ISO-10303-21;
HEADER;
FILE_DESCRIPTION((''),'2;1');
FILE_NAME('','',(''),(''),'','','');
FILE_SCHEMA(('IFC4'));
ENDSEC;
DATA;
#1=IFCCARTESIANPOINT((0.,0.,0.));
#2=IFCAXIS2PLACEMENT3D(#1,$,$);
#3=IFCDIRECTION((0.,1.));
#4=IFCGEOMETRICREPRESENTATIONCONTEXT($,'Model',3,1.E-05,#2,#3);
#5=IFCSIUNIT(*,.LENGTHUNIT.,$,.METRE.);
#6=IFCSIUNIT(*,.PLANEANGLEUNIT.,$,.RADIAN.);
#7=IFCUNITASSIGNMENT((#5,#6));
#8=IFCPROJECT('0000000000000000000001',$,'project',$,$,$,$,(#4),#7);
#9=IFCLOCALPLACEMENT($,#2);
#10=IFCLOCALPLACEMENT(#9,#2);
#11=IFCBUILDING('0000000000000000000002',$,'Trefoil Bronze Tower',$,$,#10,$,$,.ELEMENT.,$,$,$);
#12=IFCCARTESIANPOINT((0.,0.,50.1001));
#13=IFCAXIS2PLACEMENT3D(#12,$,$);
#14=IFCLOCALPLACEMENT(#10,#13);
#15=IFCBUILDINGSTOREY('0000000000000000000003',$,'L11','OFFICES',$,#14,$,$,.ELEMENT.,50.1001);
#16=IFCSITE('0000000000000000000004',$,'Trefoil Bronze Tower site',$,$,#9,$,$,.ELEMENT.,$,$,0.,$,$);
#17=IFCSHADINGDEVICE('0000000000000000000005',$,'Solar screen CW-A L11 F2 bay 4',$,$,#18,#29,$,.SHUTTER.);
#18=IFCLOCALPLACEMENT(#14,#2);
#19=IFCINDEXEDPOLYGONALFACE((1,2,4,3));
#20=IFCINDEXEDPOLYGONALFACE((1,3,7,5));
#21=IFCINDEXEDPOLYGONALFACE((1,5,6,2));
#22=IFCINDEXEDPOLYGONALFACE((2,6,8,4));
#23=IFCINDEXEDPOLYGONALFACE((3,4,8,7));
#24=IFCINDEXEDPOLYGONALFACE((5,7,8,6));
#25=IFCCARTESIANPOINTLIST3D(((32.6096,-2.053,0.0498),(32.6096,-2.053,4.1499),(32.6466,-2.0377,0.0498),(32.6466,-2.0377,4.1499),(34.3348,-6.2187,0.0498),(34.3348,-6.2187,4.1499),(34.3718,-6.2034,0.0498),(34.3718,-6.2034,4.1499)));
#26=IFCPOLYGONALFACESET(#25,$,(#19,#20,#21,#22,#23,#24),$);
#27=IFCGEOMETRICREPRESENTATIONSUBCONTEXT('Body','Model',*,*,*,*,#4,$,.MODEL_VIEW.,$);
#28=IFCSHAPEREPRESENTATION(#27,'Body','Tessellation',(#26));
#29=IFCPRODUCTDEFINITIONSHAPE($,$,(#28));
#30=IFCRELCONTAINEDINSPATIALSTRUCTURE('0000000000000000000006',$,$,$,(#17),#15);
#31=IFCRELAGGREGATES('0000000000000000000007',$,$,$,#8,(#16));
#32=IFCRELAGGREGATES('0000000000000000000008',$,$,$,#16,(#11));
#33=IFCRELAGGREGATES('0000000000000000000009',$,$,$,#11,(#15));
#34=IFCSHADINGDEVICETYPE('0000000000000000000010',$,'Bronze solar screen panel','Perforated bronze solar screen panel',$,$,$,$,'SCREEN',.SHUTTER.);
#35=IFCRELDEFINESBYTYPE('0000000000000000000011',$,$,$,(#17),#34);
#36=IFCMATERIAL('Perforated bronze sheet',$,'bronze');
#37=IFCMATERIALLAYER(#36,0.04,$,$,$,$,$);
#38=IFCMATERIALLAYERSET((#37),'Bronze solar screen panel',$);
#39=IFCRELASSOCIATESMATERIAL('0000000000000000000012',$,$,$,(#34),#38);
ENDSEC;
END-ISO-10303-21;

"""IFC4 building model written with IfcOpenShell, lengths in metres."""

from ifc_helpers import new_model, si_unit, direction, frame, origin, origin_2d, place, context, subcontext, project, spatial, rectangle, extrude, material, layer, layer_set, type_object, element, save


model = new_model("IFC4")

# Units and contexts
model_context = context("Model", 3, precision=1e-05, world=origin(), true_north=direction((0.0, 1.0)))
body_context = subcontext(model_context, "Body", "Model", "MODEL_VIEW")
ifc_project = project(units=[si_unit("LENGTHUNIT", "METRE"), si_unit("PLANEANGLEUNIT", "RADIAN")], contexts=[model_context])

# Site, building, storey
site_placement = place(None, origin())
site = spatial("IfcSite", under=ifc_project, at=site_placement, Name="Trefoil Bronze Tower site", CompositionType="ELEMENT", RefElevation=0.0)
building_placement = place(site_placement, origin())
building = spatial("IfcBuilding", under=site, at=building_placement, Name="Trefoil Bronze Tower", CompositionType="ELEMENT")
storey_placement = place(building_placement, frame((0.0, 0.0, 50.1001)))
storey = spatial("IfcBuildingStorey", under=building, at=storey_placement, Name="L11", Description="OFFICES", CompositionType="ELEMENT", Elevation=50.1001)

# Shading device
ifc_material_1 = material(Name="Perforated bronze sheet", Category="bronze")
ifc_layer_1 = layer(ifc_material_1, 0.04)
ifc_layer_set_1 = layer_set([ifc_layer_1], Name="Bronze solar screen panel")
shading_device_type = type_object("IfcShadingDeviceType", Name="Bronze solar screen panel", Description="Perforated bronze solar screen panel", ElementType="SCREEN", PredefinedType="SHUTTER", material=ifc_layer_set_1)
shading_device_1_placement = place(storey_placement, frame((33.4907, -4.1282, 0.0498), z_axis=(0.0, 0.0, 1.0), x_axis=(-0.38263, 0.923902, 0.0)))
element("IfcShadingDevice", 1, at=shading_device_1_placement, inside=storey, type_object=shading_device_type, Name="Solar screen CW-A L11 F2 bay 4", PredefinedType="SHUTTER", context=body_context, shape_type="SweptSolid", body=[
    extrude(rectangle(XDim=4.5088, YDim=0.04, at=origin_2d()), origin(), (0.0, 0.0, 1.0), 4.1001),
])

save(model, "model.ifc")
